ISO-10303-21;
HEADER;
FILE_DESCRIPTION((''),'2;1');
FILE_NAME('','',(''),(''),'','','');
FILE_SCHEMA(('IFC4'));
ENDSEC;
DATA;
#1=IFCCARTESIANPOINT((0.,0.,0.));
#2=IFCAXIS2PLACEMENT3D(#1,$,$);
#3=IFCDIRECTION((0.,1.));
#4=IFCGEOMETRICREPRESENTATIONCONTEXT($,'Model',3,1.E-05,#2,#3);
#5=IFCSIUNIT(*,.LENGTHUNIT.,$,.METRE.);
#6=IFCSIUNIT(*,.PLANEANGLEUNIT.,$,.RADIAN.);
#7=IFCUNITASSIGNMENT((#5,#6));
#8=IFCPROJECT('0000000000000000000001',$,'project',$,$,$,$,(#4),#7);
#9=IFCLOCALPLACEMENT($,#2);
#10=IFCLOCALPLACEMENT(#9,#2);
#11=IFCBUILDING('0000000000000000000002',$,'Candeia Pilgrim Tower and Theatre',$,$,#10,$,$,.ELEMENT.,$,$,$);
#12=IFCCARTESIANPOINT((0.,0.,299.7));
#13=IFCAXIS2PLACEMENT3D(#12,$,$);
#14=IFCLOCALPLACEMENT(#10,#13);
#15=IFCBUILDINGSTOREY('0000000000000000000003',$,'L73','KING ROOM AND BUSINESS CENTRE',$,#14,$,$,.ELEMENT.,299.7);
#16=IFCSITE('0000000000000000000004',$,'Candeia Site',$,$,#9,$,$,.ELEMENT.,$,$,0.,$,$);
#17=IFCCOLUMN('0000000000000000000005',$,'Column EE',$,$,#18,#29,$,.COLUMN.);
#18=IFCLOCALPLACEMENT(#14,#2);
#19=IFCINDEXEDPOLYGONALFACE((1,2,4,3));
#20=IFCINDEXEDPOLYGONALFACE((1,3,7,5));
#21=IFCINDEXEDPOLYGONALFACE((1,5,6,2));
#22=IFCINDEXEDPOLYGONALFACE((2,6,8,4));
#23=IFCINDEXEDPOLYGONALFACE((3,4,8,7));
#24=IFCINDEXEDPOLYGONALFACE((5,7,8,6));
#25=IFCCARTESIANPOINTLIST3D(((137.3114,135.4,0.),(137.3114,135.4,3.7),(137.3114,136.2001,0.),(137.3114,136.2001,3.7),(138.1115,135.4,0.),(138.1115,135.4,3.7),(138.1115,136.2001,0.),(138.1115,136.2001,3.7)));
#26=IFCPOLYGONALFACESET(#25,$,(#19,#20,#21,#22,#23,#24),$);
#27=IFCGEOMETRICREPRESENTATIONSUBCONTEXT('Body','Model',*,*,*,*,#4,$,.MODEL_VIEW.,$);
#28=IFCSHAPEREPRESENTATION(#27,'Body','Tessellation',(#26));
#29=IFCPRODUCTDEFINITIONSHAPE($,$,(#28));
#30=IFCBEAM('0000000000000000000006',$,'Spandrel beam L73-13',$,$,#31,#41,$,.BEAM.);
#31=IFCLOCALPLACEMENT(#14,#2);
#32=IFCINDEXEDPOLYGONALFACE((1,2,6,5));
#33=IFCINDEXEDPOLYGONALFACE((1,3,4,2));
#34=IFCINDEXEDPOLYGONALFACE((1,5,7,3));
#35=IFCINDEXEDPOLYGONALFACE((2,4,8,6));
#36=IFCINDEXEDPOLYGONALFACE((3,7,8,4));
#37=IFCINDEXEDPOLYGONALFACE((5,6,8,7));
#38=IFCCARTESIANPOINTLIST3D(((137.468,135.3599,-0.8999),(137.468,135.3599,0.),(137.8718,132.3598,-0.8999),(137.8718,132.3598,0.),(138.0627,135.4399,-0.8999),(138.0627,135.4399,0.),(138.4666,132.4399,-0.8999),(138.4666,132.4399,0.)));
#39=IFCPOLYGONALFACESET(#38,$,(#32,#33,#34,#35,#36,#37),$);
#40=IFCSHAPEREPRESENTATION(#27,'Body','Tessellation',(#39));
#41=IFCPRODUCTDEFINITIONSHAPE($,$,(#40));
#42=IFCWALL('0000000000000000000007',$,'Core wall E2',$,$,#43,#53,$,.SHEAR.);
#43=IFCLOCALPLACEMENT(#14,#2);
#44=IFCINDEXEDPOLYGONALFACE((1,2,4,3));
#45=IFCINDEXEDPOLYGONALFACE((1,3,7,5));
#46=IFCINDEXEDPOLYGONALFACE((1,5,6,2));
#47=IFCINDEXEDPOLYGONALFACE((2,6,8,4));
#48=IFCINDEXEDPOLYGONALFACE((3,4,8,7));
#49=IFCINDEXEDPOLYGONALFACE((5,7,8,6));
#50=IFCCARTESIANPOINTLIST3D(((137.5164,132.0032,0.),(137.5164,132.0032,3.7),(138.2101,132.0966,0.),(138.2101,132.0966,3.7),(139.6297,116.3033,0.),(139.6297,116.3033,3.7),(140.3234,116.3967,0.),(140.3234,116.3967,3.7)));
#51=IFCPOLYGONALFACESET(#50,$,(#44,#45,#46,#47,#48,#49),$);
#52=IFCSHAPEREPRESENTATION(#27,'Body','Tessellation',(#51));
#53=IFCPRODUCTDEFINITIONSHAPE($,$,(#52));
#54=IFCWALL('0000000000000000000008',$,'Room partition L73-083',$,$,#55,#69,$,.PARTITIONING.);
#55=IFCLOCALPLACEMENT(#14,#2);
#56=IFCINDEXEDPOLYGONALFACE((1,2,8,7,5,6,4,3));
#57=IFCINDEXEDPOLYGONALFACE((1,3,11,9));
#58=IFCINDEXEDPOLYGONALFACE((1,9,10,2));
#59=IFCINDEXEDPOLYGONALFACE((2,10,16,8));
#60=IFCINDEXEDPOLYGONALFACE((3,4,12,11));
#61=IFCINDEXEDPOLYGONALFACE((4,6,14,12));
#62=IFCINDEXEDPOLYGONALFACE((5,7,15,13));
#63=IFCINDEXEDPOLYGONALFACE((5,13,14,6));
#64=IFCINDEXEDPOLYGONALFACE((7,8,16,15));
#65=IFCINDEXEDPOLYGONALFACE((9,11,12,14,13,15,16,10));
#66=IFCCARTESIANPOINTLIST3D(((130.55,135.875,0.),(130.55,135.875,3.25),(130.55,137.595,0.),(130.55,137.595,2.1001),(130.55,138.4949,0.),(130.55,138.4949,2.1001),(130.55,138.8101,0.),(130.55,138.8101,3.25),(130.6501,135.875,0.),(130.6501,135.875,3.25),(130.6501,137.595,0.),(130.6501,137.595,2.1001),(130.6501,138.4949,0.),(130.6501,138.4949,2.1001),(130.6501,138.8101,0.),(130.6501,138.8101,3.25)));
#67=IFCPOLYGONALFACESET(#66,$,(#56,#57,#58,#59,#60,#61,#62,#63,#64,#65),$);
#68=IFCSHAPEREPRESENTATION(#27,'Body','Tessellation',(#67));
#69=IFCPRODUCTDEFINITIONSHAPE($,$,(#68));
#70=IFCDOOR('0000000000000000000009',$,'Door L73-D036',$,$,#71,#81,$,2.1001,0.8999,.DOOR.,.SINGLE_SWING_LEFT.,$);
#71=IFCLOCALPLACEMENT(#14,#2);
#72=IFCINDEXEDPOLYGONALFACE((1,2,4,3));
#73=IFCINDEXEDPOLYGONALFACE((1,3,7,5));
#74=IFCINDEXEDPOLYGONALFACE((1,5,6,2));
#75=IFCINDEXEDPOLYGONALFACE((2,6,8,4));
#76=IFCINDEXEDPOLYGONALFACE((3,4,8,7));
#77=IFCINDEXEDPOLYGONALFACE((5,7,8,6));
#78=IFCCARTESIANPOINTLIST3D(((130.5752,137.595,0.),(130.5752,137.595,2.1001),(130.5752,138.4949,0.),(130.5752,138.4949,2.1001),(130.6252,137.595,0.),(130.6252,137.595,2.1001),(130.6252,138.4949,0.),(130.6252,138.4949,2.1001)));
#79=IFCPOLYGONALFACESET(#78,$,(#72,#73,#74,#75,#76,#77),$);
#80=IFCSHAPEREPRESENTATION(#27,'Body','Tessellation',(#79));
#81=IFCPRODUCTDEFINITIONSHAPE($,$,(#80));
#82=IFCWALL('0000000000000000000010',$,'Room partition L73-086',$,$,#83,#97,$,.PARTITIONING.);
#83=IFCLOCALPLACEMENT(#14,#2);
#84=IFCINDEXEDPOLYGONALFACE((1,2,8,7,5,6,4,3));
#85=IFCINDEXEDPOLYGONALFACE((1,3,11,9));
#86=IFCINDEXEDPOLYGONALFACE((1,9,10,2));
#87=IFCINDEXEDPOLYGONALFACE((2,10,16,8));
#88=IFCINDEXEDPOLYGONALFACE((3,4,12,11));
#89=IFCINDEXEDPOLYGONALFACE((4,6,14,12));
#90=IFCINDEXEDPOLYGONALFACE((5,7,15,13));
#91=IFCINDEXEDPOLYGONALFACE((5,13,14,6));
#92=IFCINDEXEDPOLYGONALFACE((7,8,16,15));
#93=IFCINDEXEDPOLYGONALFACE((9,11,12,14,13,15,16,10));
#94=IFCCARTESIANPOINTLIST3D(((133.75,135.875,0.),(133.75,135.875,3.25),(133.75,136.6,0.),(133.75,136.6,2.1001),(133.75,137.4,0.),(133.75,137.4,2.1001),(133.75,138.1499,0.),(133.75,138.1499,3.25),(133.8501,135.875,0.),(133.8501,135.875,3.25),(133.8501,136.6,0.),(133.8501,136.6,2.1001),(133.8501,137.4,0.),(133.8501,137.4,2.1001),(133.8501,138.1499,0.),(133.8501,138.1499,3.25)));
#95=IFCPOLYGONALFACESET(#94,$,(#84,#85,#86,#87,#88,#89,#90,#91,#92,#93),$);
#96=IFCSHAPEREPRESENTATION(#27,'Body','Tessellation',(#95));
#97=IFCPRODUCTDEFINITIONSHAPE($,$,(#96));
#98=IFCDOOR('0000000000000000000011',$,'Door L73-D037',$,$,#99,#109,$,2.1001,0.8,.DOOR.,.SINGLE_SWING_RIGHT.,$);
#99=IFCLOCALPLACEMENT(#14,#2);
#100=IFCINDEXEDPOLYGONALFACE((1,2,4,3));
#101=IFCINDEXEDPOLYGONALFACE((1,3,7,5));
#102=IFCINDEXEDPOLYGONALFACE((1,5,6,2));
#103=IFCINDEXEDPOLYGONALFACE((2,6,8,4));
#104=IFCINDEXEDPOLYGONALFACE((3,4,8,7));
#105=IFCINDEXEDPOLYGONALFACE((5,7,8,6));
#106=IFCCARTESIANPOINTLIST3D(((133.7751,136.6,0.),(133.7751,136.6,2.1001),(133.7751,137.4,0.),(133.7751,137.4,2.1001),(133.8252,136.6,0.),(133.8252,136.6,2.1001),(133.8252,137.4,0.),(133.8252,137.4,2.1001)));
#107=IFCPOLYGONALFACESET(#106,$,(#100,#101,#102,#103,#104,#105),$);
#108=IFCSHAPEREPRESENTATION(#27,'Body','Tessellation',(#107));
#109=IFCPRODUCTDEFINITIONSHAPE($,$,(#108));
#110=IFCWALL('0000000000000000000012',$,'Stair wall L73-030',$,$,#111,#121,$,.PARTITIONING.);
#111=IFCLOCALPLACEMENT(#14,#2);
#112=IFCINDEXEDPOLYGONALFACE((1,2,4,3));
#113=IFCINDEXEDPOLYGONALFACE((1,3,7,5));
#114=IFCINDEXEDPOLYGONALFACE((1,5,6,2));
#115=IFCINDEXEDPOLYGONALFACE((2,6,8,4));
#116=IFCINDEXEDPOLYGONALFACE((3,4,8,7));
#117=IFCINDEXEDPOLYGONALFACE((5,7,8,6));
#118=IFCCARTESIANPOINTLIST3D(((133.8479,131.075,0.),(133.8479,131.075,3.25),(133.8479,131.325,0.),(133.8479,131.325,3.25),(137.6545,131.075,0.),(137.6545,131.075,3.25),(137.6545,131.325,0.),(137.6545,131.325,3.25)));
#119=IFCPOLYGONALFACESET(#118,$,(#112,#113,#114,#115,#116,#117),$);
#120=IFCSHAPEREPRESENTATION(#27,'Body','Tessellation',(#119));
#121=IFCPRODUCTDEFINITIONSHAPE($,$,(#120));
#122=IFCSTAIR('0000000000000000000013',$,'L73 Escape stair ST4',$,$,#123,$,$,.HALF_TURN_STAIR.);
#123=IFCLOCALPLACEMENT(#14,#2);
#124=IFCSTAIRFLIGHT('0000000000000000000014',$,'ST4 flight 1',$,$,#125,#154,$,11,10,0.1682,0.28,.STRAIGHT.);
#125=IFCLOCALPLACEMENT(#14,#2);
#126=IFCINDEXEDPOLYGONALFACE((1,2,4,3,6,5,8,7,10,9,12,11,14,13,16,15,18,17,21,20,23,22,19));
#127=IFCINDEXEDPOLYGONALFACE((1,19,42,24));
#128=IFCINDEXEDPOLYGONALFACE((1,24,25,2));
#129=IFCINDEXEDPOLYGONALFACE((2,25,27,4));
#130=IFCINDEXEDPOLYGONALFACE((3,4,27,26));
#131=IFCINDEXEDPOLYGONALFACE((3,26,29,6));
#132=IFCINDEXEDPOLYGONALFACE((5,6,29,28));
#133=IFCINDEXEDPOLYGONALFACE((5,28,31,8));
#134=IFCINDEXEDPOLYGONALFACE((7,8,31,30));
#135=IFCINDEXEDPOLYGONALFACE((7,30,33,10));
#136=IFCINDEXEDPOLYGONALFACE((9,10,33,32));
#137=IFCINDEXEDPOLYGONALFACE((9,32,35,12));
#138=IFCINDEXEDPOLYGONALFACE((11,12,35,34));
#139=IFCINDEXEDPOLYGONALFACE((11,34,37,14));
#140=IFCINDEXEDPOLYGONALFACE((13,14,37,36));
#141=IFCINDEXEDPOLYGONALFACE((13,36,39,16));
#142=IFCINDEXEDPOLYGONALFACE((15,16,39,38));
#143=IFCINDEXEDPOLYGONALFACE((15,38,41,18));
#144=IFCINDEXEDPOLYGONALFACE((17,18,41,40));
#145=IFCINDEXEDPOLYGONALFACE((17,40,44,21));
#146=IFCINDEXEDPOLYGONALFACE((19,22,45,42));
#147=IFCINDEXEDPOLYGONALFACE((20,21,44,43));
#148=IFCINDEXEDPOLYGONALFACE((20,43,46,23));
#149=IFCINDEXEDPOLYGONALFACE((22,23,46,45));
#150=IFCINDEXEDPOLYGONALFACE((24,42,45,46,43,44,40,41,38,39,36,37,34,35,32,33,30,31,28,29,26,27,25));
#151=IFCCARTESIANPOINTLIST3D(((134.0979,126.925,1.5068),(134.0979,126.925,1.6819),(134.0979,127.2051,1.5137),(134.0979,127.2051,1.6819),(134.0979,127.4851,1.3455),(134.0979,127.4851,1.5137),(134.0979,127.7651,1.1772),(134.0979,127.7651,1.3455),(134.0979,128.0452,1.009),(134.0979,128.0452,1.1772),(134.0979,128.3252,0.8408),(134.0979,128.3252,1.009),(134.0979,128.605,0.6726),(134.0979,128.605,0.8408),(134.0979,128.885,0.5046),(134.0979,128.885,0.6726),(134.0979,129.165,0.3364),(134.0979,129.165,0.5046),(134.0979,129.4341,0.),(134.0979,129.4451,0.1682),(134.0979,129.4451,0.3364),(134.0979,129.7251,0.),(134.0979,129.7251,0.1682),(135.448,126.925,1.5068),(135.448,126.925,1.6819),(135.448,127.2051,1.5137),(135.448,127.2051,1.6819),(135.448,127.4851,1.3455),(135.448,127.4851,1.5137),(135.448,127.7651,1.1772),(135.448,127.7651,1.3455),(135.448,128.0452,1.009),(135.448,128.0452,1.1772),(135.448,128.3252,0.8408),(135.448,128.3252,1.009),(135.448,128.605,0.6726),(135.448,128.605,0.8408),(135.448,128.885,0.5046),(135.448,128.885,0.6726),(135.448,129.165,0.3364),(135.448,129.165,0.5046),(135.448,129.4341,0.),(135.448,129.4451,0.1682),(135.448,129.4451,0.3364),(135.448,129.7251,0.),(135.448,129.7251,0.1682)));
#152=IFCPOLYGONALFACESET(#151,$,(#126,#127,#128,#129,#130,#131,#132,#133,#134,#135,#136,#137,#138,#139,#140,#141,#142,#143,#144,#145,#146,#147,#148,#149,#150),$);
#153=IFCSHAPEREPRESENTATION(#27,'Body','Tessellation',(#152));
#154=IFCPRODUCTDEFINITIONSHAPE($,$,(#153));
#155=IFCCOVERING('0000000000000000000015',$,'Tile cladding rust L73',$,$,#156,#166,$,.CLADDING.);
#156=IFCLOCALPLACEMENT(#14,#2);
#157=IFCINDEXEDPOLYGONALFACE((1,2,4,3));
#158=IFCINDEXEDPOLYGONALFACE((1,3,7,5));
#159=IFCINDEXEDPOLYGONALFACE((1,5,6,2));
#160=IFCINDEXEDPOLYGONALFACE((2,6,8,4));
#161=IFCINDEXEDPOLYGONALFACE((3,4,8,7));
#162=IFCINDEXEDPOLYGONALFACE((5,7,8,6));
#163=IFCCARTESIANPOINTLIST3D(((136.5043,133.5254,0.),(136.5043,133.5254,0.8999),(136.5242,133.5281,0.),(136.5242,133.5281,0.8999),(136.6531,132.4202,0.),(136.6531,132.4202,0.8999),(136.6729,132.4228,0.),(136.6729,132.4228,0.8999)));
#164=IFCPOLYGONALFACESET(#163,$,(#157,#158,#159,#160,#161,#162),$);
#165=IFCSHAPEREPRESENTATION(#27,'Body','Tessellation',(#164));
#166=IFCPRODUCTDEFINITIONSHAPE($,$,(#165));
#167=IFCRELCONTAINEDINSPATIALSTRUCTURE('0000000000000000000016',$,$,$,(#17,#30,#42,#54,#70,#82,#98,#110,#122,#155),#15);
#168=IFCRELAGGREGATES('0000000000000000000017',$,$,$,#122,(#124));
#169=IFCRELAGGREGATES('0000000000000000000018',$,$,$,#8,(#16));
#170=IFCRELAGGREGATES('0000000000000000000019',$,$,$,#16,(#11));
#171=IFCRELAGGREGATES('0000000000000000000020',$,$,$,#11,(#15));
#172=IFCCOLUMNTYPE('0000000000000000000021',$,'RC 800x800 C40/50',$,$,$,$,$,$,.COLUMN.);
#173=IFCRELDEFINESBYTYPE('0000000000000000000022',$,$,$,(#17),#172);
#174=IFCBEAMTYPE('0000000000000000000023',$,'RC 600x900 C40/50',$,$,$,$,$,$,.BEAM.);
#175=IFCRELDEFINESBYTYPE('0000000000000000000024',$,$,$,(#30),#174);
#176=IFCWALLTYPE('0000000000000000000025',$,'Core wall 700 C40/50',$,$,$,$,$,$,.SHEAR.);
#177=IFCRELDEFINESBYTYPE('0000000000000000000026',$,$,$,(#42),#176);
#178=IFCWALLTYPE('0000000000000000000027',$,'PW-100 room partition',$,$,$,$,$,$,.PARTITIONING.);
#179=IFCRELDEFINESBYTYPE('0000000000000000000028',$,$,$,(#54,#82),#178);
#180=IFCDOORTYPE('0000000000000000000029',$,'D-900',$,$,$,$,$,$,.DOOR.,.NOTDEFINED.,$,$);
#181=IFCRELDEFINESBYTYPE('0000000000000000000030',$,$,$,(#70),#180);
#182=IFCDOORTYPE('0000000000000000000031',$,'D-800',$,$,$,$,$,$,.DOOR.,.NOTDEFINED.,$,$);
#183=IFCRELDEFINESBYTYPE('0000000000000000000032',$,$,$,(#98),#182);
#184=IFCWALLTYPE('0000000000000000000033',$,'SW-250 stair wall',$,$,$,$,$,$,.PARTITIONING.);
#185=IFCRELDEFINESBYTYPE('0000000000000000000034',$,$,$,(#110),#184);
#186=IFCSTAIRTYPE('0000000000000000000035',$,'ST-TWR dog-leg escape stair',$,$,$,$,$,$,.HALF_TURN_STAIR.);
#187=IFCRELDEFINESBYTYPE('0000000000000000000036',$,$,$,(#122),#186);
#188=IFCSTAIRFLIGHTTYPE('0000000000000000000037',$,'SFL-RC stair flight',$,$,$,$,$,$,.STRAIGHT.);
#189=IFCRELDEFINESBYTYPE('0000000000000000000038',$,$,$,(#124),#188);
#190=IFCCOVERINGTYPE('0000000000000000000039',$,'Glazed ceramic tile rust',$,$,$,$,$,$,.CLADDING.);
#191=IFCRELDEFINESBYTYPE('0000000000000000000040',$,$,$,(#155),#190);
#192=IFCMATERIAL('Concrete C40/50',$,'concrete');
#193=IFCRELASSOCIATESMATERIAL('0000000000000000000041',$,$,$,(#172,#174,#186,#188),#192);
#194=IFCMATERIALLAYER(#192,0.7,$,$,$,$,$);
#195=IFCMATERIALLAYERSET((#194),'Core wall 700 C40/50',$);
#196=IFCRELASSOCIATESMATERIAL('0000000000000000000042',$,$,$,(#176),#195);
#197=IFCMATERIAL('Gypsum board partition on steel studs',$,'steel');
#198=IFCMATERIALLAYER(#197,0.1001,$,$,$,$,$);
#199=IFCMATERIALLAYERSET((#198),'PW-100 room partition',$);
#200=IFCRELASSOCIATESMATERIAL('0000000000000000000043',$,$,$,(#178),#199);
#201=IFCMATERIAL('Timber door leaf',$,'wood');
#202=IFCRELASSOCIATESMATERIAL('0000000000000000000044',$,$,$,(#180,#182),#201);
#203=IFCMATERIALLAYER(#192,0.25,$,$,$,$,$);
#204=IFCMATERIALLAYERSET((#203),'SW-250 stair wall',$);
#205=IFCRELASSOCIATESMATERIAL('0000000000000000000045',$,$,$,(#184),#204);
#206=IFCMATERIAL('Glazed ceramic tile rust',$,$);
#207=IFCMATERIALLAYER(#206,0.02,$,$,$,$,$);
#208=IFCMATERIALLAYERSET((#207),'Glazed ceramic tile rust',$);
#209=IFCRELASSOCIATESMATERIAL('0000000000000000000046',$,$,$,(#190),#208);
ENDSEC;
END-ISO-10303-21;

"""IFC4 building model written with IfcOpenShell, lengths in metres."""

from ifc_helpers import new_model, si_unit, direction, frame, frame_2d, origin, origin_2d, place, context, subcontext, project, spatial, polyline, rectangle, outline, extrude, material, layer, layer_set, material_profile, profile_set, type_object, element, fill, aggregate, save


model = new_model("IFC4")

# Units and contexts
model_context = context("Model", 3, precision=1e-05, world=origin(), true_north=direction((0.0, 1.0)))
body_context = subcontext(model_context, "Body", "Model", "MODEL_VIEW")
ifc_project = project(units=[si_unit("LENGTHUNIT", "METRE"), si_unit("PLANEANGLEUNIT", "RADIAN")], contexts=[model_context])

# Site, building, storey
site_placement = place(None, origin())
site = spatial("IfcSite", under=ifc_project, at=site_placement, Name="Candeia Site", CompositionType="ELEMENT", RefElevation=0.0)
building_placement = place(site_placement, origin())
building = spatial("IfcBuilding", under=site, at=building_placement, Name="Candeia Pilgrim Tower and Theatre", CompositionType="ELEMENT")
storey_placement = place(building_placement, frame((0.0, 0.0, 299.7)))
storey = spatial("IfcBuildingStorey", under=building, at=storey_placement, Name="L73", Description="KING ROOM AND BUSINESS CENTRE", CompositionType="ELEMENT", Elevation=299.7)

# Column
ifc_material_1 = material(Name="Concrete C40/50", Category="concrete")
ifc_material_profile_1 = material_profile(ifc_material_1, rectangle(XDim=0.8, YDim=0.8, at=origin_2d()))
ifc_profile_set_1 = profile_set([ifc_material_profile_1], Name="Concrete C40/50")
column_type = type_object("IfcColumnType", Name="RC 800x800 C40/50", PredefinedType="COLUMN", material=ifc_profile_set_1)
column_placement = place(storey_placement, frame((137.7114, 135.8, 0.0), z_axis=(0.0, 0.0, 1.0), x_axis=(1.0, 0.0, 0.0)))
element("IfcColumn", 1, at=column_placement, inside=storey, type_object=column_type, Name="Column EE", PredefinedType="COLUMN", context=body_context, shape_type="SweptSolid", body=[
    extrude(rectangle(XDim=0.8, YDim=0.8, at=origin_2d()), origin(), (0.0, 0.0, 1.0), 3.7),
])

# Beam
ifc_material_profile_2 = material_profile(ifc_material_1, rectangle(XDim=0.6001, YDim=0.8999, at=origin_2d()))
ifc_profile_set_2 = profile_set([ifc_material_profile_2], Name="Concrete C40/50")
beam_type = type_object("IfcBeamType", Name="RC 600x900 C40/50", PredefinedType="BEAM", material=ifc_profile_set_2)
beam_placement = place(storey_placement, frame((137.7654, 135.3999, -0.45), z_axis=(0.1334, -0.991062, 0.0), x_axis=(0.991062, 0.1334, 0.0)))
element("IfcBeam", 2, at=beam_placement, inside=storey, type_object=beam_type, Name="Spandrel beam L73-13", PredefinedType="BEAM", context=body_context, shape_type="SweptSolid", body=[
    extrude(rectangle(XDim=0.6001, YDim=0.8999, at=origin_2d()), origin(), (0.0, 0.0, 1.0), 3.0271),
])

# Wall
ifc_layer_1 = layer(ifc_material_1, 0.7)
ifc_layer_set_1 = layer_set([ifc_layer_1], Name="Core wall 700 C40/50")
wall_type_1 = type_object("IfcWallType", Name="Core wall 700 C40/50", PredefinedType="SHEAR", material=ifc_layer_set_1)
wall_1_placement = place(storey_placement, frame((137.8633, 132.05, 0.0), z_axis=(0.0, 0.0, 1.0), x_axis=(0.133401, -0.991062, 0.0)))
element("IfcWall", 3, at=wall_1_placement, inside=storey, type_object=wall_type_1, Name="Core wall E2", PredefinedType="SHEAR", context=body_context, shape_type="SweptSolid", body=[
    extrude(rectangle(XDim=15.8416, YDim=0.7, at=frame_2d((7.9209, 0.0))), origin(), (0.0, 0.0, 1.0), 3.7),
])

# Walls, openings, doors
ifc_material_2 = material(Name="Gypsum board partition on steel studs", Category="steel")
ifc_layer_2 = layer(ifc_material_2, 0.1001)
ifc_layer_set_2 = layer_set([ifc_layer_2], Name="PW-100 room partition")
wall_type_2 = type_object("IfcWallType", Name="PW-100 room partition", PredefinedType="PARTITIONING", material=ifc_layer_set_2)
wall_2_placement = place(storey_placement, frame((130.6001, 135.875, 0.0), z_axis=(0.0, 0.0, 1.0), x_axis=(0.0, 1.0, 0.0)))
wall_2 = element("IfcWall", 4, at=wall_2_placement, inside=storey, type_object=wall_type_2, Name="Room partition L73-083", PredefinedType="PARTITIONING", context=body_context, shape_type="SweptSolid", body=[
    extrude(rectangle(XDim=2.9351, YDim=0.1001, at=frame_2d((1.4675, 0.0))), origin(), (0.0, 0.0, 1.0), 3.25),
])
opening_1_placement = place(wall_2_placement, frame((1.72, 0.0, 0.0)))
opening_1 = element("IfcOpeningElement", 5, at=opening_1_placement, cuts=wall_2, PredefinedType="OPENING", context=body_context, shape_type="SweptSolid", body=[
    extrude(rectangle(XDim=0.8999, YDim=2.1001, at=frame_2d((0.45, 1.05))), frame((0.0, 0.0601, 0.0), z_axis=(0.0, -1.0, 0.0), x_axis=(1.0, 0.0, 0.0)), (0.0, 0.0, 1.0), 0.1201),
])
ifc_material_3 = material(Name="Timber door leaf", Category="wood")
door_type_1 = type_object("IfcDoorType", Name="D-900", OperationType="NOTDEFINED", PredefinedType="DOOR", material=ifc_material_3)
door_1_placement = place(opening_1_placement, origin())
door_1 = element("IfcDoor", 6, at=door_1_placement, inside=storey, type_object=door_type_1, Name="Door L73-D036", OperationType="SINGLE_SWING_LEFT", OverallHeight=2.1001, OverallWidth=0.8999, PredefinedType="DOOR", context=body_context, shape_type="SweptSolid", body=[
    extrude(rectangle(XDim=0.8999, YDim=2.1001, at=frame_2d((0.45, 1.05))), frame((0.0, 0.0249, 0.0), z_axis=(0.0, -1.0, 0.0), x_axis=(1.0, 0.0, 0.0)), (0.0, 0.0, 1.0), 0.05),
])
fill(opening_1, door_1)
wall_3_placement = place(storey_placement, frame((133.8, 135.875, 0.0), z_axis=(0.0, 0.0, 1.0), x_axis=(0.0, 1.0, 0.0)))
wall_3 = element("IfcWall", 7, at=wall_3_placement, inside=storey, type_object=wall_type_2, Name="Room partition L73-086", PredefinedType="PARTITIONING", context=body_context, shape_type="SweptSolid", body=[
    extrude(rectangle(XDim=2.2749, YDim=0.1001, at=frame_2d((1.1375, 0.0))), origin(), (0.0, 0.0, 1.0), 3.25),
])
opening_2_placement = place(wall_3_placement, frame((0.7251, 0.0, 0.0)))
opening_2 = element("IfcOpeningElement", 8, at=opening_2_placement, cuts=wall_3, PredefinedType="OPENING", context=body_context, shape_type="SweptSolid", body=[
    extrude(rectangle(XDim=0.8, YDim=2.1001, at=frame_2d((0.3999, 1.05))), frame((0.0, 0.0601, 0.0), z_axis=(0.0, -1.0, 0.0), x_axis=(1.0, 0.0, 0.0)), (0.0, 0.0, 1.0), 0.1201),
])
door_type_2 = type_object("IfcDoorType", Name="D-800", OperationType="NOTDEFINED", PredefinedType="DOOR", material=ifc_material_3)
door_2_placement = place(opening_2_placement, origin())
door_2 = element("IfcDoor", 9, at=door_2_placement, inside=storey, type_object=door_type_2, Name="Door L73-D037", OperationType="SINGLE_SWING_RIGHT", OverallHeight=2.1001, OverallWidth=0.8, PredefinedType="DOOR", context=body_context, shape_type="SweptSolid", body=[
    extrude(rectangle(XDim=0.8, YDim=2.1001, at=frame_2d((0.3999, 1.05))), frame((0.0, 0.0249, 0.0), z_axis=(0.0, -1.0, 0.0), x_axis=(1.0, 0.0, 0.0)), (0.0, 0.0, 1.0), 0.05),
])
fill(opening_2, door_2)

# Wall
ifc_layer_3 = layer(ifc_material_1, 0.25)
ifc_layer_set_3 = layer_set([ifc_layer_3], Name="SW-250 stair wall")
wall_type_3 = type_object("IfcWallType", Name="SW-250 stair wall", PredefinedType="PARTITIONING", material=ifc_layer_set_3)
wall_4_placement = place(storey_placement, frame((133.8479, 131.2, 0.0), z_axis=(0.0, 0.0, 1.0), x_axis=(1.0, 0.0, 0.0)))
element("IfcWall", 10, at=wall_4_placement, inside=storey, type_object=wall_type_3, Name="Stair wall L73-030", PredefinedType="PARTITIONING", context=body_context, shape_type="SweptSolid", body=[
    extrude(rectangle(XDim=3.8066, YDim=0.25, at=frame_2d((1.9033, 0.0))), origin(), (0.0, 0.0, 1.0), 3.25),
])

# Stair, stair flight
stair_type = type_object("IfcStairType", Name="ST-TWR dog-leg escape stair", PredefinedType="HALF_TURN_STAIR", material=ifc_material_1)
stair_placement = place(storey_placement, origin())
stair = element("IfcStair", 11, at=stair_placement, inside=storey, type_object=stair_type, Name="L73 Escape stair ST4", PredefinedType="HALF_TURN_STAIR")
stair_flight_type = type_object("IfcStairFlightType", Name="SFL-RC stair flight", PredefinedType="STRAIGHT", material=ifc_material_1)
stair_flight_placement = place(storey_placement, frame((134.7729, 129.7251, 0.0), z_axis=(0.0, 0.0, 1.0), x_axis=(0.0, -1.0, 0.0)))
stair_flight = element("IfcStairFlight", 12, at=stair_flight_placement, type_object=stair_flight_type, Name="ST4 flight 1", NumberOfRisers=11, NumberOfTreads=10, PredefinedType="STRAIGHT", RiserHeight=0.1682, TreadLength=0.28, context=body_context, shape_type="SweptSolid", body=[
    extrude(outline(polyline([(0.0, 0.0), (0.0, 0.1682), (0.28, 0.1682), (0.28, 0.3364), (0.5601, 0.3364), (0.5601, 0.5046), (0.8401, 0.5046), (0.8401, 0.6726), (1.1201, 0.6726), (1.1201, 0.8408), (1.3999, 0.8408), (1.3999, 1.009), (1.6799, 1.009), (1.6799, 1.1772), (1.96, 1.1772), (1.96, 1.3455), (2.24, 1.3455), (2.24, 1.5137), (2.52, 1.5137), (2.52, 1.6819), (2.8, 1.6819), (2.8, 1.8501), (2.8, 1.5068), (0.291, 0.0), (0.0, 0.0)])), frame((0.0, 0.675, 0.0), z_axis=(0.0, -1.0, 0.0), x_axis=(1.0, 0.0, 0.0)), (0.0, 0.0, 1.0), 1.3501),
])
aggregate(stair, [stair_flight])

# Covering
ifc_material_4 = material(Name="Glazed ceramic tile rust")
ifc_layer_4 = layer(ifc_material_4, 0.02)
ifc_layer_set_4 = layer_set([ifc_layer_4], Name="Glazed ceramic tile rust")
covering_type = type_object("IfcCoveringType", Name="Glazed ceramic tile rust", PredefinedType="CLADDING", material=ifc_layer_set_4)
covering_1_placement = place(storey_placement, frame((136.5886, 132.9741, 0.0), z_axis=(0.0, 0.0, 1.0), x_axis=(-0.133412, 0.991061, 0.0)))
element("IfcCovering", 13, at=covering_1_placement, inside=storey, type_object=covering_type, Name="Tile cladding rust L73", PredefinedType="CLADDING", context=body_context, shape_type="SweptSolid", body=[
    extrude(rectangle(XDim=1.1152, YDim=0.02, at=origin_2d()), origin(), (0.0, 0.0, 1.0), 0.8999),
])

save(model, "model.ifc")
